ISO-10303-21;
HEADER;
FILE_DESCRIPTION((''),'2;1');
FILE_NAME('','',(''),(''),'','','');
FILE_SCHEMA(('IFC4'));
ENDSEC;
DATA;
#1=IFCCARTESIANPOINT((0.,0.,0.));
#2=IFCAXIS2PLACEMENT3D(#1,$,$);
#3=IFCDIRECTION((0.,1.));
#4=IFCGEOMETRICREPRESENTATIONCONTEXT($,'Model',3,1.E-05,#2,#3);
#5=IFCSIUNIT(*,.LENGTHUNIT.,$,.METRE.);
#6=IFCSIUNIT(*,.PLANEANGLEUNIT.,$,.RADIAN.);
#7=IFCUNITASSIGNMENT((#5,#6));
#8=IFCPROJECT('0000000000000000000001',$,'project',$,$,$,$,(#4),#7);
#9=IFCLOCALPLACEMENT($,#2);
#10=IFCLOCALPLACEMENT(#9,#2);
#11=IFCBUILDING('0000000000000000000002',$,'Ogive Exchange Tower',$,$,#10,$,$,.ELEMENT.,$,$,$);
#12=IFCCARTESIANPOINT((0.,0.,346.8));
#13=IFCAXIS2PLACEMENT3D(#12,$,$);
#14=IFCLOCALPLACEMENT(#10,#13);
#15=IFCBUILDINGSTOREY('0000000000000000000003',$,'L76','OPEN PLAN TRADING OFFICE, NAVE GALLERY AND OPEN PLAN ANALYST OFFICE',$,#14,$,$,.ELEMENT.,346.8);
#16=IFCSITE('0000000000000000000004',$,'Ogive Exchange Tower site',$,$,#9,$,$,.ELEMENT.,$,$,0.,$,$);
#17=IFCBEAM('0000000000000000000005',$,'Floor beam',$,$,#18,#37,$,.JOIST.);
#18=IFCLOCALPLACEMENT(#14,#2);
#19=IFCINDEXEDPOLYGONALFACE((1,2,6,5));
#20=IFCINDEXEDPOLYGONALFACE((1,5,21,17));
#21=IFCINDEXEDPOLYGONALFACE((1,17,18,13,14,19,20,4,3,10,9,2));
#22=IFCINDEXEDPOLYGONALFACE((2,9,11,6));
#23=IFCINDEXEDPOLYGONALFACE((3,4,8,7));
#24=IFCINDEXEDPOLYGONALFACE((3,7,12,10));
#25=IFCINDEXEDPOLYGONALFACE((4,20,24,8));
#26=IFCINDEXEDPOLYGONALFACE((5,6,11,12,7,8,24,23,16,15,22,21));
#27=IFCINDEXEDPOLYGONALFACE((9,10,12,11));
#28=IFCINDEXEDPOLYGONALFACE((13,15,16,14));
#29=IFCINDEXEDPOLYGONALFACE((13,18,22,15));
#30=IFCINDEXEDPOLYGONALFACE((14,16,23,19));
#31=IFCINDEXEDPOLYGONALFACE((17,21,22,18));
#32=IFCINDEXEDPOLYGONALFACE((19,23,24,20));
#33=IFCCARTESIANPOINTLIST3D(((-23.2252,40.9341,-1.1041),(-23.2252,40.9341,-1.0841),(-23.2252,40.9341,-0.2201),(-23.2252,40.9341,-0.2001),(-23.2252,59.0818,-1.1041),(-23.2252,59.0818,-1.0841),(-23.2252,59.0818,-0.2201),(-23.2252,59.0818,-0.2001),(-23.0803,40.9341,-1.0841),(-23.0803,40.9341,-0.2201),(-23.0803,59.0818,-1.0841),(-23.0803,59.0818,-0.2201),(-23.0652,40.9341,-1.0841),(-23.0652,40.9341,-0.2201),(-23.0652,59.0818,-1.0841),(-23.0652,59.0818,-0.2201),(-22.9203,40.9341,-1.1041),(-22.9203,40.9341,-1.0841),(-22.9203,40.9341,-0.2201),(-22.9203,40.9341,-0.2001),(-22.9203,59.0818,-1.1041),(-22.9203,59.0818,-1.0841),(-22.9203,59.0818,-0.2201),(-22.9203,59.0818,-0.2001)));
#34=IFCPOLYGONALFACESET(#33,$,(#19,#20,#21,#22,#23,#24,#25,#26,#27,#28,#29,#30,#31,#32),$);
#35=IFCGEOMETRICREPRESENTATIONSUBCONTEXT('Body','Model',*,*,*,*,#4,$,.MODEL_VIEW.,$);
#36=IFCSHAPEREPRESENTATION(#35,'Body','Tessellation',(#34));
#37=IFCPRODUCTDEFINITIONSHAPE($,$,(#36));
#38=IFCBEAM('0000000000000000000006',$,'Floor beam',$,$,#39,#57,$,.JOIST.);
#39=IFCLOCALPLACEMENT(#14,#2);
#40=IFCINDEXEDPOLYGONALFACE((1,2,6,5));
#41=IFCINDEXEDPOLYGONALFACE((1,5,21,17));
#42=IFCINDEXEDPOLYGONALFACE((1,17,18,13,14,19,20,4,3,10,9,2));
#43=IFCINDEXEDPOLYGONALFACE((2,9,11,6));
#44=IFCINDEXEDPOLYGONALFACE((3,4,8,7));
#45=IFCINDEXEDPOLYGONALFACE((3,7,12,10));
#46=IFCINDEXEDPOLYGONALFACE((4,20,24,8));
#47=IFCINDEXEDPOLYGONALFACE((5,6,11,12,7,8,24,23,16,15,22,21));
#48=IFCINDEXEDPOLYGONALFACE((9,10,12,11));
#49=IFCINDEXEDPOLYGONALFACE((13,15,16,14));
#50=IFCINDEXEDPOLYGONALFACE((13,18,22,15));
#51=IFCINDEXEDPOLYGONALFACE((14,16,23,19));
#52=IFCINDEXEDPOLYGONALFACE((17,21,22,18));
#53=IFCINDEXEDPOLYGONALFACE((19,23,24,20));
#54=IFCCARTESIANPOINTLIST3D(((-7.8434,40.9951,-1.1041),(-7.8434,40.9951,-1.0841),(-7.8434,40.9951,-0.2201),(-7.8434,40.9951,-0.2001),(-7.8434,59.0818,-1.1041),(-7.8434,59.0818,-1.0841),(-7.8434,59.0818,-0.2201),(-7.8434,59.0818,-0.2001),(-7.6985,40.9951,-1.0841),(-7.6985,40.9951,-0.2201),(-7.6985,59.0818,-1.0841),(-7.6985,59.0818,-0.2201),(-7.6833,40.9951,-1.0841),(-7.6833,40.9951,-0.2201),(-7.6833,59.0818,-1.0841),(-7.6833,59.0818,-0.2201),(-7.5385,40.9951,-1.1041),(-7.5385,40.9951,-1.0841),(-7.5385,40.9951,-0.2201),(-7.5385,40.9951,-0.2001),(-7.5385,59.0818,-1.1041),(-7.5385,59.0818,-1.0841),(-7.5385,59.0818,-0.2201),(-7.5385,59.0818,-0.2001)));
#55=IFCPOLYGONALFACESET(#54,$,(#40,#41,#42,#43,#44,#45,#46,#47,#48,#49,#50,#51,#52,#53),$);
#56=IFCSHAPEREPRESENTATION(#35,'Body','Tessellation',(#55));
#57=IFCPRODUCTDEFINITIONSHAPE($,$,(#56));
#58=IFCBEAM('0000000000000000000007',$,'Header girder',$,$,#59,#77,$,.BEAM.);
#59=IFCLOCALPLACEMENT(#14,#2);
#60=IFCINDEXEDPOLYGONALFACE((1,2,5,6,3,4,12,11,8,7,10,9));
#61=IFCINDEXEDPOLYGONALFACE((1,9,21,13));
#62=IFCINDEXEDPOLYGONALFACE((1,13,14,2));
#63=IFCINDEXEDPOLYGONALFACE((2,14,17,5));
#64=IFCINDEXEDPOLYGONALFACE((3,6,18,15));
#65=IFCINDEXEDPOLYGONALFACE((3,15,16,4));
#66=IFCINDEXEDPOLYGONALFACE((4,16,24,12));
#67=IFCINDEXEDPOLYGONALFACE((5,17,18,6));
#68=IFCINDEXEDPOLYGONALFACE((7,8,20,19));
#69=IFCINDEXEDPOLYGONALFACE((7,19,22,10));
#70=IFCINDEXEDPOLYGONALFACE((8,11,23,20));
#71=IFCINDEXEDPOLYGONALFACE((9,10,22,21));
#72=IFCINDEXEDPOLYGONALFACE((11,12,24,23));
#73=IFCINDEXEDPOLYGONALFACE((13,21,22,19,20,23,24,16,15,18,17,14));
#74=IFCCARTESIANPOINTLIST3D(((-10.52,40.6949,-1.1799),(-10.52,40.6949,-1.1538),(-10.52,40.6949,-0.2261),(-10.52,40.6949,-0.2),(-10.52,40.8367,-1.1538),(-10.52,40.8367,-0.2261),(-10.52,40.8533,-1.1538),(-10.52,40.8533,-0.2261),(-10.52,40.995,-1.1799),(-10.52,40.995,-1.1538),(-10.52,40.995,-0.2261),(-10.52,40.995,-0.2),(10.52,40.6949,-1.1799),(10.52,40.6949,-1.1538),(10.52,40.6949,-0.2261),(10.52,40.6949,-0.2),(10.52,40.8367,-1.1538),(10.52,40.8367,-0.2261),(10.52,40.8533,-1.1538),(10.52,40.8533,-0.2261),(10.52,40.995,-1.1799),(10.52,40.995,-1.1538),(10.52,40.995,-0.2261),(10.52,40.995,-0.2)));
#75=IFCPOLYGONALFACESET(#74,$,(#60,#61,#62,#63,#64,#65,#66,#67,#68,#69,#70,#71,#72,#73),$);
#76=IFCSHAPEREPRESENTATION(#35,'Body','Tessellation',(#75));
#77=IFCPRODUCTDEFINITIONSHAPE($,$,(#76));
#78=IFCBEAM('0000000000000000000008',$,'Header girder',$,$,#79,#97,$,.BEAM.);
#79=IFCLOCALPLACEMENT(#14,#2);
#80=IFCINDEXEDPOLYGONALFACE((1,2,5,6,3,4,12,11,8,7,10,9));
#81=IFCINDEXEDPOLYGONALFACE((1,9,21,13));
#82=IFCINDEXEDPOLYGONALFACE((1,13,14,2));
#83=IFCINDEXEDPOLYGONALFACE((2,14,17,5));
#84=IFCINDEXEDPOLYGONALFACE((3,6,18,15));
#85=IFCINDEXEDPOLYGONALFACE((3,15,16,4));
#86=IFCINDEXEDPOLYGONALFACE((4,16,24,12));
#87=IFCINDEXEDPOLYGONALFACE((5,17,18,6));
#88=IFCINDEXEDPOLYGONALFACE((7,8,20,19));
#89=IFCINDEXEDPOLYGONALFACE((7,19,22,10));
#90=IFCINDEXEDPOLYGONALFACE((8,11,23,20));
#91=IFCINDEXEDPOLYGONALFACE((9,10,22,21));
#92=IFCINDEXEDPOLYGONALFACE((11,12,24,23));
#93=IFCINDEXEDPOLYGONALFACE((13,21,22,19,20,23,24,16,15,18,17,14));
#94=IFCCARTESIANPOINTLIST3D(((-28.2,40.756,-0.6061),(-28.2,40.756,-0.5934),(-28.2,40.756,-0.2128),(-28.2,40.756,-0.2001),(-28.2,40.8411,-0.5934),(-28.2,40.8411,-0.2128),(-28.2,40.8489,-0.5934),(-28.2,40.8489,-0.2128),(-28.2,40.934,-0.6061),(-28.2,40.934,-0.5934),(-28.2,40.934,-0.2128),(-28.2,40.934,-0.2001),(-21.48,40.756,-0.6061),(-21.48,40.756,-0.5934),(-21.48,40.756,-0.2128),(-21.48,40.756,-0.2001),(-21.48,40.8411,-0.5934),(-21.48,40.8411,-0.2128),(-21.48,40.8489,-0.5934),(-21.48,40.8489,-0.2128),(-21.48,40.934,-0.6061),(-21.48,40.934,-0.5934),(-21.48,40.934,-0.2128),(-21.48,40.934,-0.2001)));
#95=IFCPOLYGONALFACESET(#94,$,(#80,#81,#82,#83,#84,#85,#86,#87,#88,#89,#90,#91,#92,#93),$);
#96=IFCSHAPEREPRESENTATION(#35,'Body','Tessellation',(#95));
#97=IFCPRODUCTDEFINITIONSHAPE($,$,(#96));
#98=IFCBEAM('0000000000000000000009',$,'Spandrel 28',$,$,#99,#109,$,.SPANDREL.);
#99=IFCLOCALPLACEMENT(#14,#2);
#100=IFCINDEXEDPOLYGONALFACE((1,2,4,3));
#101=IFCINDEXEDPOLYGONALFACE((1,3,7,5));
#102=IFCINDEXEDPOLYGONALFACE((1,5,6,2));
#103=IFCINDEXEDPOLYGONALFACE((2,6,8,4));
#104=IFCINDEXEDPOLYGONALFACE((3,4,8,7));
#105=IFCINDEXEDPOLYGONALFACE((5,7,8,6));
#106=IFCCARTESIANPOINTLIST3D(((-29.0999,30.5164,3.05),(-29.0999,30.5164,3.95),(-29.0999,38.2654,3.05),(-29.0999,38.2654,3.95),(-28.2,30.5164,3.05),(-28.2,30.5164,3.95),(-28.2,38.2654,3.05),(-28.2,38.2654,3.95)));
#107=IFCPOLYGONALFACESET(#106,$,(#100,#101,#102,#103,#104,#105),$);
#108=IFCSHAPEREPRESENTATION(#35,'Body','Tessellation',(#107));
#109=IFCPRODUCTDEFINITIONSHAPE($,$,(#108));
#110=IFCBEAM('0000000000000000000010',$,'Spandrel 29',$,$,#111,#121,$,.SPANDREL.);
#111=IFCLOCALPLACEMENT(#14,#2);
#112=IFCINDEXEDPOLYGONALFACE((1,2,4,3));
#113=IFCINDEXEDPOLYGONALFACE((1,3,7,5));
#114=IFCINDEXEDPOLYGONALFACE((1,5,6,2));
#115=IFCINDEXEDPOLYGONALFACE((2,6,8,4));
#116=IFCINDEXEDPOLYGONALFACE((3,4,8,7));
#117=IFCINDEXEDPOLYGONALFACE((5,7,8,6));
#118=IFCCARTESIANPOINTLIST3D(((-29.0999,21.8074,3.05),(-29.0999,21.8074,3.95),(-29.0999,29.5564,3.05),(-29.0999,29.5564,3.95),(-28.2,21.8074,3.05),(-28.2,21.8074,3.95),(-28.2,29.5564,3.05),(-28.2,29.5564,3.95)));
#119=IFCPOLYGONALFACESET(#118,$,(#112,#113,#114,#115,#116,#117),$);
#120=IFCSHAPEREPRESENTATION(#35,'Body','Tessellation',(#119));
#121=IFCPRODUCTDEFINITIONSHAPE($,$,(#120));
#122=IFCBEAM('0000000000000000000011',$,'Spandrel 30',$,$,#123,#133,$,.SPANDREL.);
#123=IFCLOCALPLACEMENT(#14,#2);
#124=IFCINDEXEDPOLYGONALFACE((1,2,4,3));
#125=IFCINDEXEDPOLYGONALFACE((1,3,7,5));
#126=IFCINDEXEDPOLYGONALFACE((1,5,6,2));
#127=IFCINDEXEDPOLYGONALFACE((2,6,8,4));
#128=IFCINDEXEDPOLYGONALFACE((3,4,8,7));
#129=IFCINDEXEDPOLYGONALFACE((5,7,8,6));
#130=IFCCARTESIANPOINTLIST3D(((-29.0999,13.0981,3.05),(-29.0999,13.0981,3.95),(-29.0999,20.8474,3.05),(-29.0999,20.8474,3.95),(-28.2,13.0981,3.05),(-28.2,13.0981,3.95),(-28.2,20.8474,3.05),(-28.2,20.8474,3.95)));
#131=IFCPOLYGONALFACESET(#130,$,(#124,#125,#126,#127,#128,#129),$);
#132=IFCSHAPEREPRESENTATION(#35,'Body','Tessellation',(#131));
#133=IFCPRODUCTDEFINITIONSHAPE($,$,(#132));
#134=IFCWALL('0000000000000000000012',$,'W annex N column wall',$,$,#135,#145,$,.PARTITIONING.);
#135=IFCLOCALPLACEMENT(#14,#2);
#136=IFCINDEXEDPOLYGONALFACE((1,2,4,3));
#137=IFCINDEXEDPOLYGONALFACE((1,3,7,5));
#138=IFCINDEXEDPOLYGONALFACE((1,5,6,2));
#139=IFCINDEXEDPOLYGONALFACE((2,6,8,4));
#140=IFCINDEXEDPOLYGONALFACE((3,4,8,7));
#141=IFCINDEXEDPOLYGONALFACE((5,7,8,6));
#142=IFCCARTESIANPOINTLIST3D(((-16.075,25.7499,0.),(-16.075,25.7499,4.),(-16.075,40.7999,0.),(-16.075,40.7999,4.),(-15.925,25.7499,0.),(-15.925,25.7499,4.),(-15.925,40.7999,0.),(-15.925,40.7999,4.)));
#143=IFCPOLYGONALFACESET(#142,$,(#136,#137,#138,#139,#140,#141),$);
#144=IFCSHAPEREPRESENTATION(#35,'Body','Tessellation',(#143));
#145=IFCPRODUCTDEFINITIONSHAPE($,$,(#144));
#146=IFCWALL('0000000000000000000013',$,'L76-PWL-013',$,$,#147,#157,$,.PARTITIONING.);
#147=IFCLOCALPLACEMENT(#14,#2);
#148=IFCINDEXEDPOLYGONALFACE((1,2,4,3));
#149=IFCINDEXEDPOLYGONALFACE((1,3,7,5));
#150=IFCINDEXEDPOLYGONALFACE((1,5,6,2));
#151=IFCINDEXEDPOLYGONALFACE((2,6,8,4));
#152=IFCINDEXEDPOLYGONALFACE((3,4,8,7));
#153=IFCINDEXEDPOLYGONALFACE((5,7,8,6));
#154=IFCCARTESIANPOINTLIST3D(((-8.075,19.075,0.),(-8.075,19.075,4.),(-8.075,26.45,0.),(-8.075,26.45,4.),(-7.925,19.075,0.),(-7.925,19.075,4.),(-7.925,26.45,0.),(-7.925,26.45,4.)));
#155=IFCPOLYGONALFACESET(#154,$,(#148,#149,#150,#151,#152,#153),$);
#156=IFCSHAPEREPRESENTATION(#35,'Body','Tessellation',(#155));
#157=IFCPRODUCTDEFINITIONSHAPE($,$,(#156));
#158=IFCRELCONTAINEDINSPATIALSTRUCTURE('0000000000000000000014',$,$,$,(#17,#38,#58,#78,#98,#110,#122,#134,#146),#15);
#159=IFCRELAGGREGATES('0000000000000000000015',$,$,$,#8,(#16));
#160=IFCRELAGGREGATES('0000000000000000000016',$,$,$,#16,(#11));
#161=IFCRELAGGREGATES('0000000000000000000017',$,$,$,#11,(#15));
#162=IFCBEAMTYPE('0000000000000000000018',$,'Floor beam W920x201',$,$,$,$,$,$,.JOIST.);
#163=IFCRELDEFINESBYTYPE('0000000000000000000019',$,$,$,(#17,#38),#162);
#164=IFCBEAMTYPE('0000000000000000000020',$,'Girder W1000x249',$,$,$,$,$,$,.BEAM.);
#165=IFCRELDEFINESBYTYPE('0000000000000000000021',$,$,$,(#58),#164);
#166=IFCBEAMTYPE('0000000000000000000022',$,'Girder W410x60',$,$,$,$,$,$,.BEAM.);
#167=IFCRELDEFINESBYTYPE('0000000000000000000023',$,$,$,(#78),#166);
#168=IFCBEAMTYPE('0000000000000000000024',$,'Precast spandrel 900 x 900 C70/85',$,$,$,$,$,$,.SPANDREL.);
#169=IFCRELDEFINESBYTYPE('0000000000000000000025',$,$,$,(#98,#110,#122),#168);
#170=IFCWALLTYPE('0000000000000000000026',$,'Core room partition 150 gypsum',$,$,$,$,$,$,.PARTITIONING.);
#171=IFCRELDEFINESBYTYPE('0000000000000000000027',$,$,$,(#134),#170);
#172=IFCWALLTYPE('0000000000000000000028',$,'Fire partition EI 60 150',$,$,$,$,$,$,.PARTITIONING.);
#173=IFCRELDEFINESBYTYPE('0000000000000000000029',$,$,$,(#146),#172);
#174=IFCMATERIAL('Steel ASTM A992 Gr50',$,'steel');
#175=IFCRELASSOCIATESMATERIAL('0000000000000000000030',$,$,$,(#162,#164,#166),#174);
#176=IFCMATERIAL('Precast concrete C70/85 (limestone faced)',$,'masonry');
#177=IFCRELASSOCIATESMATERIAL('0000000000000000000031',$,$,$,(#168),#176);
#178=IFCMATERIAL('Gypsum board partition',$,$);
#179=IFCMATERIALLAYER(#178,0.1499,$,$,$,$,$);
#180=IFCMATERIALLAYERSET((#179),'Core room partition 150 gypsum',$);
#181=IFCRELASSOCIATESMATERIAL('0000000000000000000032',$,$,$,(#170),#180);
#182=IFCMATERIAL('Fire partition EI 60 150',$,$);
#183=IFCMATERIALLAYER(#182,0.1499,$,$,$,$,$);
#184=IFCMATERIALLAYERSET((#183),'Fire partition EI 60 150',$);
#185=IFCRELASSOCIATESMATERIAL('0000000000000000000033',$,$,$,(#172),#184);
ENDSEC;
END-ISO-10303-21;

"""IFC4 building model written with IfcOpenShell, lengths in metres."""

from ifc_helpers import new_model, si_unit, direction, frame, frame_2d, origin, origin_2d, place, context, subcontext, project, spatial, rectangle, i_section, extrude, material, layer, layer_set, material_profile, profile_set, type_object, element, save


model = new_model("IFC4")

# Units and contexts
model_context = context("Model", 3, precision=1e-05, world=origin(), true_north=direction((0.0, 1.0)))
body_context = subcontext(model_context, "Body", "Model", "MODEL_VIEW")
ifc_project = project(units=[si_unit("LENGTHUNIT", "METRE"), si_unit("PLANEANGLEUNIT", "RADIAN")], contexts=[model_context])

# Site, building, storey
site_placement = place(None, origin())
site = spatial("IfcSite", under=ifc_project, at=site_placement, Name="Ogive Exchange Tower site", CompositionType="ELEMENT", RefElevation=0.0)
building_placement = place(site_placement, origin())
building = spatial("IfcBuilding", under=site, at=building_placement, Name="Ogive Exchange Tower", CompositionType="ELEMENT")
storey_placement = place(building_placement, frame((0.0, 0.0, 346.8)))
storey = spatial("IfcBuildingStorey", under=building, at=storey_placement, Name="L76", Description="OPEN PLAN TRADING OFFICE, NAVE GALLERY AND OPEN PLAN ANALYST OFFICE", CompositionType="ELEMENT", Elevation=346.8)

# Shared definitions
ifc_material_1 = material(Name="Precast concrete C70/85 (limestone faced)", Category="masonry")

# Beams
ifc_material_2 = material(Name="Steel ASTM A992 Gr50", Category="steel")
ifc_material_profile_1 = material_profile(ifc_material_2, i_section(OverallWidth=0.3049, OverallDepth=0.9041, WebThickness=0.0151, FlangeThickness=0.02, at=origin_2d()), Name="W920x201")
ifc_profile_set_1 = profile_set([ifc_material_profile_1], Name="Steel ASTM A992 Gr50")
beam_type_1 = type_object("IfcBeamType", Name="Floor beam W920x201", PredefinedType="JOIST", material=ifc_profile_set_1)
beam_1_placement = place(storey_placement, frame((-23.0728, 40.9341, -0.6521), z_axis=(0.0, 1.0, 0.0), x_axis=(-1.0, 0.0, 0.0)))
element("IfcBeam", 1, at=beam_1_placement, inside=storey, type_object=beam_type_1, Name="Floor beam", PredefinedType="JOIST", context=body_context, shape_type="SweptSolid", body=[
    extrude(i_section(OverallWidth=0.3049, OverallDepth=0.9041, WebThickness=0.0151, FlangeThickness=0.02, at=origin_2d()), origin(), (0.0, 0.0, 1.0), 18.1477),
])
beam_2_placement = place(storey_placement, frame((-7.6909, 40.9951, -0.6521), z_axis=(0.0, 1.0, 0.0), x_axis=(-1.0, 0.0, 0.0)))
element("IfcBeam", 2, at=beam_2_placement, inside=storey, type_object=beam_type_1, Name="Floor beam", PredefinedType="JOIST", context=body_context, shape_type="SweptSolid", body=[
    extrude(i_section(OverallWidth=0.3049, OverallDepth=0.9041, WebThickness=0.0151, FlangeThickness=0.02, at=origin_2d()), origin(), (0.0, 0.0, 1.0), 18.0867),
])
ifc_material_profile_2 = material_profile(ifc_material_2, i_section(OverallWidth=0.3, OverallDepth=0.98, WebThickness=0.0166, FlangeThickness=0.0261, at=origin_2d()), Name="W1000x249")
ifc_profile_set_2 = profile_set([ifc_material_profile_2], Name="Steel ASTM A992 Gr50")
beam_type_2 = type_object("IfcBeamType", Name="Girder W1000x249", PredefinedType="BEAM", material=ifc_profile_set_2)
beam_3_placement = place(storey_placement, frame((-10.52, 40.845, -0.6899), z_axis=(1.0, 0.0, 0.0), x_axis=(0.0, 1.0, 0.0)))
element("IfcBeam", 3, at=beam_3_placement, inside=storey, type_object=beam_type_2, Name="Header girder", PredefinedType="BEAM", context=body_context, shape_type="SweptSolid", body=[
    extrude(i_section(OverallWidth=0.3, OverallDepth=0.98, WebThickness=0.0166, FlangeThickness=0.0261, at=origin_2d()), origin(), (0.0, 0.0, 1.0), 21.04),
])
ifc_material_profile_3 = material_profile(ifc_material_2, i_section(OverallWidth=0.178, OverallDepth=0.406, WebThickness=0.0078, FlangeThickness=0.0127, at=origin_2d()), Name="W410x60")
ifc_profile_set_3 = profile_set([ifc_material_profile_3], Name="Steel ASTM A992 Gr50")
beam_type_3 = type_object("IfcBeamType", Name="Girder W410x60", PredefinedType="BEAM", material=ifc_profile_set_3)
beam_4_placement = place(storey_placement, frame((-28.2, 40.845, -0.4031), z_axis=(1.0, 0.0, 0.0), x_axis=(0.0, 1.0, 0.0)))
element("IfcBeam", 4, at=beam_4_placement, inside=storey, type_object=beam_type_3, Name="Header girder", PredefinedType="BEAM", context=body_context, shape_type="SweptSolid", body=[
    extrude(i_section(OverallWidth=0.178, OverallDepth=0.406, WebThickness=0.0078, FlangeThickness=0.0127, at=origin_2d()), origin(), (0.0, 0.0, 1.0), 6.72),
])
ifc_material_profile_4 = material_profile(ifc_material_1, rectangle(XDim=0.8999, YDim=0.8999, at=origin_2d()), Name="900 x 900")
ifc_profile_set_4 = profile_set([ifc_material_profile_4], Name="Precast concrete C70/85 (limestone faced)")
beam_type_4 = type_object("IfcBeamType", Name="Precast spandrel 900 x 900 C70/85", PredefinedType="SPANDREL", material=ifc_profile_set_4)
for number, where, z_axis, x_axis, name in (
    (5, (-28.6499, 38.2654, 3.5), (0.0, -1.0, 0.0), (1.0, 0.0, 0.0), "Spandrel 28"),
    (6, (-28.6499, 29.5564, 3.5), (0.0, -1.0, 0.0), (1.0, 0.0, 0.0), "Spandrel 29"),
):
    element("IfcBeam", number, at=place(storey_placement, frame(where, z_axis=z_axis, x_axis=x_axis)), inside=storey, type_object=beam_type_4, Name=name, PredefinedType="SPANDREL", context=body_context, shape_type="SweptSolid", body=[
        extrude(rectangle(XDim=0.8999, YDim=0.8999, at=origin_2d()), origin(), (0.0, 0.0, 1.0), 7.749),
    ])
beam_5_placement = place(storey_placement, frame((-28.6499, 20.8474, 3.5), z_axis=(0.0, -1.0, 0.0), x_axis=(1.0, 0.0, 0.0)))
element("IfcBeam", 7, at=beam_5_placement, inside=storey, type_object=beam_type_4, Name="Spandrel 30", PredefinedType="SPANDREL", context=body_context, shape_type="SweptSolid", body=[
    extrude(rectangle(XDim=0.8999, YDim=0.8999, at=origin_2d()), origin(), (0.0, 0.0, 1.0), 7.7493),
])

# Walls
ifc_material_3 = material(Name="Gypsum board partition")
ifc_layer_1 = layer(ifc_material_3, 0.1499)
ifc_layer_set_1 = layer_set([ifc_layer_1], Name="Core room partition 150 gypsum")
wall_type_1 = type_object("IfcWallType", Name="Core room partition 150 gypsum", PredefinedType="PARTITIONING", material=ifc_layer_set_1)
wall_1_placement = place(storey_placement, frame((-16.0, 25.75, 0.0), z_axis=(0.0, 0.0, 1.0), x_axis=(0.0, 1.0, 0.0)))
element("IfcWall", 8, at=wall_1_placement, inside=storey, type_object=wall_type_1, Name="W annex N column wall", PredefinedType="PARTITIONING", context=body_context, shape_type="SweptSolid", body=[
    extrude(rectangle(XDim=15.05, YDim=0.1499, at=frame_2d((7.5249, 0.0))), origin(), (0.0, 0.0, 1.0), 4.0),
])
ifc_material_4 = material(Name="Fire partition EI 60 150")
ifc_layer_2 = layer(ifc_material_4, 0.1499)
ifc_layer_set_2 = layer_set([ifc_layer_2], Name="Fire partition EI 60 150")
wall_type_2 = type_object("IfcWallType", Name="Fire partition EI 60 150", PredefinedType="PARTITIONING", material=ifc_layer_set_2)
wall_2_placement = place(storey_placement, frame((-8.0, 26.45, 0.0), z_axis=(0.0, 0.0, 1.0), x_axis=(0.0, -1.0, 0.0)))
element("IfcWall", 9, at=wall_2_placement, inside=storey, type_object=wall_type_2, Name="L76-PWL-013", PredefinedType="PARTITIONING", context=body_context, shape_type="SweptSolid", body=[
    extrude(rectangle(XDim=7.375, YDim=0.1499, at=frame_2d((3.6875, 0.0))), origin(), (0.0, 0.0, 1.0), 4.0),
])

save(model, "model.ifc")
